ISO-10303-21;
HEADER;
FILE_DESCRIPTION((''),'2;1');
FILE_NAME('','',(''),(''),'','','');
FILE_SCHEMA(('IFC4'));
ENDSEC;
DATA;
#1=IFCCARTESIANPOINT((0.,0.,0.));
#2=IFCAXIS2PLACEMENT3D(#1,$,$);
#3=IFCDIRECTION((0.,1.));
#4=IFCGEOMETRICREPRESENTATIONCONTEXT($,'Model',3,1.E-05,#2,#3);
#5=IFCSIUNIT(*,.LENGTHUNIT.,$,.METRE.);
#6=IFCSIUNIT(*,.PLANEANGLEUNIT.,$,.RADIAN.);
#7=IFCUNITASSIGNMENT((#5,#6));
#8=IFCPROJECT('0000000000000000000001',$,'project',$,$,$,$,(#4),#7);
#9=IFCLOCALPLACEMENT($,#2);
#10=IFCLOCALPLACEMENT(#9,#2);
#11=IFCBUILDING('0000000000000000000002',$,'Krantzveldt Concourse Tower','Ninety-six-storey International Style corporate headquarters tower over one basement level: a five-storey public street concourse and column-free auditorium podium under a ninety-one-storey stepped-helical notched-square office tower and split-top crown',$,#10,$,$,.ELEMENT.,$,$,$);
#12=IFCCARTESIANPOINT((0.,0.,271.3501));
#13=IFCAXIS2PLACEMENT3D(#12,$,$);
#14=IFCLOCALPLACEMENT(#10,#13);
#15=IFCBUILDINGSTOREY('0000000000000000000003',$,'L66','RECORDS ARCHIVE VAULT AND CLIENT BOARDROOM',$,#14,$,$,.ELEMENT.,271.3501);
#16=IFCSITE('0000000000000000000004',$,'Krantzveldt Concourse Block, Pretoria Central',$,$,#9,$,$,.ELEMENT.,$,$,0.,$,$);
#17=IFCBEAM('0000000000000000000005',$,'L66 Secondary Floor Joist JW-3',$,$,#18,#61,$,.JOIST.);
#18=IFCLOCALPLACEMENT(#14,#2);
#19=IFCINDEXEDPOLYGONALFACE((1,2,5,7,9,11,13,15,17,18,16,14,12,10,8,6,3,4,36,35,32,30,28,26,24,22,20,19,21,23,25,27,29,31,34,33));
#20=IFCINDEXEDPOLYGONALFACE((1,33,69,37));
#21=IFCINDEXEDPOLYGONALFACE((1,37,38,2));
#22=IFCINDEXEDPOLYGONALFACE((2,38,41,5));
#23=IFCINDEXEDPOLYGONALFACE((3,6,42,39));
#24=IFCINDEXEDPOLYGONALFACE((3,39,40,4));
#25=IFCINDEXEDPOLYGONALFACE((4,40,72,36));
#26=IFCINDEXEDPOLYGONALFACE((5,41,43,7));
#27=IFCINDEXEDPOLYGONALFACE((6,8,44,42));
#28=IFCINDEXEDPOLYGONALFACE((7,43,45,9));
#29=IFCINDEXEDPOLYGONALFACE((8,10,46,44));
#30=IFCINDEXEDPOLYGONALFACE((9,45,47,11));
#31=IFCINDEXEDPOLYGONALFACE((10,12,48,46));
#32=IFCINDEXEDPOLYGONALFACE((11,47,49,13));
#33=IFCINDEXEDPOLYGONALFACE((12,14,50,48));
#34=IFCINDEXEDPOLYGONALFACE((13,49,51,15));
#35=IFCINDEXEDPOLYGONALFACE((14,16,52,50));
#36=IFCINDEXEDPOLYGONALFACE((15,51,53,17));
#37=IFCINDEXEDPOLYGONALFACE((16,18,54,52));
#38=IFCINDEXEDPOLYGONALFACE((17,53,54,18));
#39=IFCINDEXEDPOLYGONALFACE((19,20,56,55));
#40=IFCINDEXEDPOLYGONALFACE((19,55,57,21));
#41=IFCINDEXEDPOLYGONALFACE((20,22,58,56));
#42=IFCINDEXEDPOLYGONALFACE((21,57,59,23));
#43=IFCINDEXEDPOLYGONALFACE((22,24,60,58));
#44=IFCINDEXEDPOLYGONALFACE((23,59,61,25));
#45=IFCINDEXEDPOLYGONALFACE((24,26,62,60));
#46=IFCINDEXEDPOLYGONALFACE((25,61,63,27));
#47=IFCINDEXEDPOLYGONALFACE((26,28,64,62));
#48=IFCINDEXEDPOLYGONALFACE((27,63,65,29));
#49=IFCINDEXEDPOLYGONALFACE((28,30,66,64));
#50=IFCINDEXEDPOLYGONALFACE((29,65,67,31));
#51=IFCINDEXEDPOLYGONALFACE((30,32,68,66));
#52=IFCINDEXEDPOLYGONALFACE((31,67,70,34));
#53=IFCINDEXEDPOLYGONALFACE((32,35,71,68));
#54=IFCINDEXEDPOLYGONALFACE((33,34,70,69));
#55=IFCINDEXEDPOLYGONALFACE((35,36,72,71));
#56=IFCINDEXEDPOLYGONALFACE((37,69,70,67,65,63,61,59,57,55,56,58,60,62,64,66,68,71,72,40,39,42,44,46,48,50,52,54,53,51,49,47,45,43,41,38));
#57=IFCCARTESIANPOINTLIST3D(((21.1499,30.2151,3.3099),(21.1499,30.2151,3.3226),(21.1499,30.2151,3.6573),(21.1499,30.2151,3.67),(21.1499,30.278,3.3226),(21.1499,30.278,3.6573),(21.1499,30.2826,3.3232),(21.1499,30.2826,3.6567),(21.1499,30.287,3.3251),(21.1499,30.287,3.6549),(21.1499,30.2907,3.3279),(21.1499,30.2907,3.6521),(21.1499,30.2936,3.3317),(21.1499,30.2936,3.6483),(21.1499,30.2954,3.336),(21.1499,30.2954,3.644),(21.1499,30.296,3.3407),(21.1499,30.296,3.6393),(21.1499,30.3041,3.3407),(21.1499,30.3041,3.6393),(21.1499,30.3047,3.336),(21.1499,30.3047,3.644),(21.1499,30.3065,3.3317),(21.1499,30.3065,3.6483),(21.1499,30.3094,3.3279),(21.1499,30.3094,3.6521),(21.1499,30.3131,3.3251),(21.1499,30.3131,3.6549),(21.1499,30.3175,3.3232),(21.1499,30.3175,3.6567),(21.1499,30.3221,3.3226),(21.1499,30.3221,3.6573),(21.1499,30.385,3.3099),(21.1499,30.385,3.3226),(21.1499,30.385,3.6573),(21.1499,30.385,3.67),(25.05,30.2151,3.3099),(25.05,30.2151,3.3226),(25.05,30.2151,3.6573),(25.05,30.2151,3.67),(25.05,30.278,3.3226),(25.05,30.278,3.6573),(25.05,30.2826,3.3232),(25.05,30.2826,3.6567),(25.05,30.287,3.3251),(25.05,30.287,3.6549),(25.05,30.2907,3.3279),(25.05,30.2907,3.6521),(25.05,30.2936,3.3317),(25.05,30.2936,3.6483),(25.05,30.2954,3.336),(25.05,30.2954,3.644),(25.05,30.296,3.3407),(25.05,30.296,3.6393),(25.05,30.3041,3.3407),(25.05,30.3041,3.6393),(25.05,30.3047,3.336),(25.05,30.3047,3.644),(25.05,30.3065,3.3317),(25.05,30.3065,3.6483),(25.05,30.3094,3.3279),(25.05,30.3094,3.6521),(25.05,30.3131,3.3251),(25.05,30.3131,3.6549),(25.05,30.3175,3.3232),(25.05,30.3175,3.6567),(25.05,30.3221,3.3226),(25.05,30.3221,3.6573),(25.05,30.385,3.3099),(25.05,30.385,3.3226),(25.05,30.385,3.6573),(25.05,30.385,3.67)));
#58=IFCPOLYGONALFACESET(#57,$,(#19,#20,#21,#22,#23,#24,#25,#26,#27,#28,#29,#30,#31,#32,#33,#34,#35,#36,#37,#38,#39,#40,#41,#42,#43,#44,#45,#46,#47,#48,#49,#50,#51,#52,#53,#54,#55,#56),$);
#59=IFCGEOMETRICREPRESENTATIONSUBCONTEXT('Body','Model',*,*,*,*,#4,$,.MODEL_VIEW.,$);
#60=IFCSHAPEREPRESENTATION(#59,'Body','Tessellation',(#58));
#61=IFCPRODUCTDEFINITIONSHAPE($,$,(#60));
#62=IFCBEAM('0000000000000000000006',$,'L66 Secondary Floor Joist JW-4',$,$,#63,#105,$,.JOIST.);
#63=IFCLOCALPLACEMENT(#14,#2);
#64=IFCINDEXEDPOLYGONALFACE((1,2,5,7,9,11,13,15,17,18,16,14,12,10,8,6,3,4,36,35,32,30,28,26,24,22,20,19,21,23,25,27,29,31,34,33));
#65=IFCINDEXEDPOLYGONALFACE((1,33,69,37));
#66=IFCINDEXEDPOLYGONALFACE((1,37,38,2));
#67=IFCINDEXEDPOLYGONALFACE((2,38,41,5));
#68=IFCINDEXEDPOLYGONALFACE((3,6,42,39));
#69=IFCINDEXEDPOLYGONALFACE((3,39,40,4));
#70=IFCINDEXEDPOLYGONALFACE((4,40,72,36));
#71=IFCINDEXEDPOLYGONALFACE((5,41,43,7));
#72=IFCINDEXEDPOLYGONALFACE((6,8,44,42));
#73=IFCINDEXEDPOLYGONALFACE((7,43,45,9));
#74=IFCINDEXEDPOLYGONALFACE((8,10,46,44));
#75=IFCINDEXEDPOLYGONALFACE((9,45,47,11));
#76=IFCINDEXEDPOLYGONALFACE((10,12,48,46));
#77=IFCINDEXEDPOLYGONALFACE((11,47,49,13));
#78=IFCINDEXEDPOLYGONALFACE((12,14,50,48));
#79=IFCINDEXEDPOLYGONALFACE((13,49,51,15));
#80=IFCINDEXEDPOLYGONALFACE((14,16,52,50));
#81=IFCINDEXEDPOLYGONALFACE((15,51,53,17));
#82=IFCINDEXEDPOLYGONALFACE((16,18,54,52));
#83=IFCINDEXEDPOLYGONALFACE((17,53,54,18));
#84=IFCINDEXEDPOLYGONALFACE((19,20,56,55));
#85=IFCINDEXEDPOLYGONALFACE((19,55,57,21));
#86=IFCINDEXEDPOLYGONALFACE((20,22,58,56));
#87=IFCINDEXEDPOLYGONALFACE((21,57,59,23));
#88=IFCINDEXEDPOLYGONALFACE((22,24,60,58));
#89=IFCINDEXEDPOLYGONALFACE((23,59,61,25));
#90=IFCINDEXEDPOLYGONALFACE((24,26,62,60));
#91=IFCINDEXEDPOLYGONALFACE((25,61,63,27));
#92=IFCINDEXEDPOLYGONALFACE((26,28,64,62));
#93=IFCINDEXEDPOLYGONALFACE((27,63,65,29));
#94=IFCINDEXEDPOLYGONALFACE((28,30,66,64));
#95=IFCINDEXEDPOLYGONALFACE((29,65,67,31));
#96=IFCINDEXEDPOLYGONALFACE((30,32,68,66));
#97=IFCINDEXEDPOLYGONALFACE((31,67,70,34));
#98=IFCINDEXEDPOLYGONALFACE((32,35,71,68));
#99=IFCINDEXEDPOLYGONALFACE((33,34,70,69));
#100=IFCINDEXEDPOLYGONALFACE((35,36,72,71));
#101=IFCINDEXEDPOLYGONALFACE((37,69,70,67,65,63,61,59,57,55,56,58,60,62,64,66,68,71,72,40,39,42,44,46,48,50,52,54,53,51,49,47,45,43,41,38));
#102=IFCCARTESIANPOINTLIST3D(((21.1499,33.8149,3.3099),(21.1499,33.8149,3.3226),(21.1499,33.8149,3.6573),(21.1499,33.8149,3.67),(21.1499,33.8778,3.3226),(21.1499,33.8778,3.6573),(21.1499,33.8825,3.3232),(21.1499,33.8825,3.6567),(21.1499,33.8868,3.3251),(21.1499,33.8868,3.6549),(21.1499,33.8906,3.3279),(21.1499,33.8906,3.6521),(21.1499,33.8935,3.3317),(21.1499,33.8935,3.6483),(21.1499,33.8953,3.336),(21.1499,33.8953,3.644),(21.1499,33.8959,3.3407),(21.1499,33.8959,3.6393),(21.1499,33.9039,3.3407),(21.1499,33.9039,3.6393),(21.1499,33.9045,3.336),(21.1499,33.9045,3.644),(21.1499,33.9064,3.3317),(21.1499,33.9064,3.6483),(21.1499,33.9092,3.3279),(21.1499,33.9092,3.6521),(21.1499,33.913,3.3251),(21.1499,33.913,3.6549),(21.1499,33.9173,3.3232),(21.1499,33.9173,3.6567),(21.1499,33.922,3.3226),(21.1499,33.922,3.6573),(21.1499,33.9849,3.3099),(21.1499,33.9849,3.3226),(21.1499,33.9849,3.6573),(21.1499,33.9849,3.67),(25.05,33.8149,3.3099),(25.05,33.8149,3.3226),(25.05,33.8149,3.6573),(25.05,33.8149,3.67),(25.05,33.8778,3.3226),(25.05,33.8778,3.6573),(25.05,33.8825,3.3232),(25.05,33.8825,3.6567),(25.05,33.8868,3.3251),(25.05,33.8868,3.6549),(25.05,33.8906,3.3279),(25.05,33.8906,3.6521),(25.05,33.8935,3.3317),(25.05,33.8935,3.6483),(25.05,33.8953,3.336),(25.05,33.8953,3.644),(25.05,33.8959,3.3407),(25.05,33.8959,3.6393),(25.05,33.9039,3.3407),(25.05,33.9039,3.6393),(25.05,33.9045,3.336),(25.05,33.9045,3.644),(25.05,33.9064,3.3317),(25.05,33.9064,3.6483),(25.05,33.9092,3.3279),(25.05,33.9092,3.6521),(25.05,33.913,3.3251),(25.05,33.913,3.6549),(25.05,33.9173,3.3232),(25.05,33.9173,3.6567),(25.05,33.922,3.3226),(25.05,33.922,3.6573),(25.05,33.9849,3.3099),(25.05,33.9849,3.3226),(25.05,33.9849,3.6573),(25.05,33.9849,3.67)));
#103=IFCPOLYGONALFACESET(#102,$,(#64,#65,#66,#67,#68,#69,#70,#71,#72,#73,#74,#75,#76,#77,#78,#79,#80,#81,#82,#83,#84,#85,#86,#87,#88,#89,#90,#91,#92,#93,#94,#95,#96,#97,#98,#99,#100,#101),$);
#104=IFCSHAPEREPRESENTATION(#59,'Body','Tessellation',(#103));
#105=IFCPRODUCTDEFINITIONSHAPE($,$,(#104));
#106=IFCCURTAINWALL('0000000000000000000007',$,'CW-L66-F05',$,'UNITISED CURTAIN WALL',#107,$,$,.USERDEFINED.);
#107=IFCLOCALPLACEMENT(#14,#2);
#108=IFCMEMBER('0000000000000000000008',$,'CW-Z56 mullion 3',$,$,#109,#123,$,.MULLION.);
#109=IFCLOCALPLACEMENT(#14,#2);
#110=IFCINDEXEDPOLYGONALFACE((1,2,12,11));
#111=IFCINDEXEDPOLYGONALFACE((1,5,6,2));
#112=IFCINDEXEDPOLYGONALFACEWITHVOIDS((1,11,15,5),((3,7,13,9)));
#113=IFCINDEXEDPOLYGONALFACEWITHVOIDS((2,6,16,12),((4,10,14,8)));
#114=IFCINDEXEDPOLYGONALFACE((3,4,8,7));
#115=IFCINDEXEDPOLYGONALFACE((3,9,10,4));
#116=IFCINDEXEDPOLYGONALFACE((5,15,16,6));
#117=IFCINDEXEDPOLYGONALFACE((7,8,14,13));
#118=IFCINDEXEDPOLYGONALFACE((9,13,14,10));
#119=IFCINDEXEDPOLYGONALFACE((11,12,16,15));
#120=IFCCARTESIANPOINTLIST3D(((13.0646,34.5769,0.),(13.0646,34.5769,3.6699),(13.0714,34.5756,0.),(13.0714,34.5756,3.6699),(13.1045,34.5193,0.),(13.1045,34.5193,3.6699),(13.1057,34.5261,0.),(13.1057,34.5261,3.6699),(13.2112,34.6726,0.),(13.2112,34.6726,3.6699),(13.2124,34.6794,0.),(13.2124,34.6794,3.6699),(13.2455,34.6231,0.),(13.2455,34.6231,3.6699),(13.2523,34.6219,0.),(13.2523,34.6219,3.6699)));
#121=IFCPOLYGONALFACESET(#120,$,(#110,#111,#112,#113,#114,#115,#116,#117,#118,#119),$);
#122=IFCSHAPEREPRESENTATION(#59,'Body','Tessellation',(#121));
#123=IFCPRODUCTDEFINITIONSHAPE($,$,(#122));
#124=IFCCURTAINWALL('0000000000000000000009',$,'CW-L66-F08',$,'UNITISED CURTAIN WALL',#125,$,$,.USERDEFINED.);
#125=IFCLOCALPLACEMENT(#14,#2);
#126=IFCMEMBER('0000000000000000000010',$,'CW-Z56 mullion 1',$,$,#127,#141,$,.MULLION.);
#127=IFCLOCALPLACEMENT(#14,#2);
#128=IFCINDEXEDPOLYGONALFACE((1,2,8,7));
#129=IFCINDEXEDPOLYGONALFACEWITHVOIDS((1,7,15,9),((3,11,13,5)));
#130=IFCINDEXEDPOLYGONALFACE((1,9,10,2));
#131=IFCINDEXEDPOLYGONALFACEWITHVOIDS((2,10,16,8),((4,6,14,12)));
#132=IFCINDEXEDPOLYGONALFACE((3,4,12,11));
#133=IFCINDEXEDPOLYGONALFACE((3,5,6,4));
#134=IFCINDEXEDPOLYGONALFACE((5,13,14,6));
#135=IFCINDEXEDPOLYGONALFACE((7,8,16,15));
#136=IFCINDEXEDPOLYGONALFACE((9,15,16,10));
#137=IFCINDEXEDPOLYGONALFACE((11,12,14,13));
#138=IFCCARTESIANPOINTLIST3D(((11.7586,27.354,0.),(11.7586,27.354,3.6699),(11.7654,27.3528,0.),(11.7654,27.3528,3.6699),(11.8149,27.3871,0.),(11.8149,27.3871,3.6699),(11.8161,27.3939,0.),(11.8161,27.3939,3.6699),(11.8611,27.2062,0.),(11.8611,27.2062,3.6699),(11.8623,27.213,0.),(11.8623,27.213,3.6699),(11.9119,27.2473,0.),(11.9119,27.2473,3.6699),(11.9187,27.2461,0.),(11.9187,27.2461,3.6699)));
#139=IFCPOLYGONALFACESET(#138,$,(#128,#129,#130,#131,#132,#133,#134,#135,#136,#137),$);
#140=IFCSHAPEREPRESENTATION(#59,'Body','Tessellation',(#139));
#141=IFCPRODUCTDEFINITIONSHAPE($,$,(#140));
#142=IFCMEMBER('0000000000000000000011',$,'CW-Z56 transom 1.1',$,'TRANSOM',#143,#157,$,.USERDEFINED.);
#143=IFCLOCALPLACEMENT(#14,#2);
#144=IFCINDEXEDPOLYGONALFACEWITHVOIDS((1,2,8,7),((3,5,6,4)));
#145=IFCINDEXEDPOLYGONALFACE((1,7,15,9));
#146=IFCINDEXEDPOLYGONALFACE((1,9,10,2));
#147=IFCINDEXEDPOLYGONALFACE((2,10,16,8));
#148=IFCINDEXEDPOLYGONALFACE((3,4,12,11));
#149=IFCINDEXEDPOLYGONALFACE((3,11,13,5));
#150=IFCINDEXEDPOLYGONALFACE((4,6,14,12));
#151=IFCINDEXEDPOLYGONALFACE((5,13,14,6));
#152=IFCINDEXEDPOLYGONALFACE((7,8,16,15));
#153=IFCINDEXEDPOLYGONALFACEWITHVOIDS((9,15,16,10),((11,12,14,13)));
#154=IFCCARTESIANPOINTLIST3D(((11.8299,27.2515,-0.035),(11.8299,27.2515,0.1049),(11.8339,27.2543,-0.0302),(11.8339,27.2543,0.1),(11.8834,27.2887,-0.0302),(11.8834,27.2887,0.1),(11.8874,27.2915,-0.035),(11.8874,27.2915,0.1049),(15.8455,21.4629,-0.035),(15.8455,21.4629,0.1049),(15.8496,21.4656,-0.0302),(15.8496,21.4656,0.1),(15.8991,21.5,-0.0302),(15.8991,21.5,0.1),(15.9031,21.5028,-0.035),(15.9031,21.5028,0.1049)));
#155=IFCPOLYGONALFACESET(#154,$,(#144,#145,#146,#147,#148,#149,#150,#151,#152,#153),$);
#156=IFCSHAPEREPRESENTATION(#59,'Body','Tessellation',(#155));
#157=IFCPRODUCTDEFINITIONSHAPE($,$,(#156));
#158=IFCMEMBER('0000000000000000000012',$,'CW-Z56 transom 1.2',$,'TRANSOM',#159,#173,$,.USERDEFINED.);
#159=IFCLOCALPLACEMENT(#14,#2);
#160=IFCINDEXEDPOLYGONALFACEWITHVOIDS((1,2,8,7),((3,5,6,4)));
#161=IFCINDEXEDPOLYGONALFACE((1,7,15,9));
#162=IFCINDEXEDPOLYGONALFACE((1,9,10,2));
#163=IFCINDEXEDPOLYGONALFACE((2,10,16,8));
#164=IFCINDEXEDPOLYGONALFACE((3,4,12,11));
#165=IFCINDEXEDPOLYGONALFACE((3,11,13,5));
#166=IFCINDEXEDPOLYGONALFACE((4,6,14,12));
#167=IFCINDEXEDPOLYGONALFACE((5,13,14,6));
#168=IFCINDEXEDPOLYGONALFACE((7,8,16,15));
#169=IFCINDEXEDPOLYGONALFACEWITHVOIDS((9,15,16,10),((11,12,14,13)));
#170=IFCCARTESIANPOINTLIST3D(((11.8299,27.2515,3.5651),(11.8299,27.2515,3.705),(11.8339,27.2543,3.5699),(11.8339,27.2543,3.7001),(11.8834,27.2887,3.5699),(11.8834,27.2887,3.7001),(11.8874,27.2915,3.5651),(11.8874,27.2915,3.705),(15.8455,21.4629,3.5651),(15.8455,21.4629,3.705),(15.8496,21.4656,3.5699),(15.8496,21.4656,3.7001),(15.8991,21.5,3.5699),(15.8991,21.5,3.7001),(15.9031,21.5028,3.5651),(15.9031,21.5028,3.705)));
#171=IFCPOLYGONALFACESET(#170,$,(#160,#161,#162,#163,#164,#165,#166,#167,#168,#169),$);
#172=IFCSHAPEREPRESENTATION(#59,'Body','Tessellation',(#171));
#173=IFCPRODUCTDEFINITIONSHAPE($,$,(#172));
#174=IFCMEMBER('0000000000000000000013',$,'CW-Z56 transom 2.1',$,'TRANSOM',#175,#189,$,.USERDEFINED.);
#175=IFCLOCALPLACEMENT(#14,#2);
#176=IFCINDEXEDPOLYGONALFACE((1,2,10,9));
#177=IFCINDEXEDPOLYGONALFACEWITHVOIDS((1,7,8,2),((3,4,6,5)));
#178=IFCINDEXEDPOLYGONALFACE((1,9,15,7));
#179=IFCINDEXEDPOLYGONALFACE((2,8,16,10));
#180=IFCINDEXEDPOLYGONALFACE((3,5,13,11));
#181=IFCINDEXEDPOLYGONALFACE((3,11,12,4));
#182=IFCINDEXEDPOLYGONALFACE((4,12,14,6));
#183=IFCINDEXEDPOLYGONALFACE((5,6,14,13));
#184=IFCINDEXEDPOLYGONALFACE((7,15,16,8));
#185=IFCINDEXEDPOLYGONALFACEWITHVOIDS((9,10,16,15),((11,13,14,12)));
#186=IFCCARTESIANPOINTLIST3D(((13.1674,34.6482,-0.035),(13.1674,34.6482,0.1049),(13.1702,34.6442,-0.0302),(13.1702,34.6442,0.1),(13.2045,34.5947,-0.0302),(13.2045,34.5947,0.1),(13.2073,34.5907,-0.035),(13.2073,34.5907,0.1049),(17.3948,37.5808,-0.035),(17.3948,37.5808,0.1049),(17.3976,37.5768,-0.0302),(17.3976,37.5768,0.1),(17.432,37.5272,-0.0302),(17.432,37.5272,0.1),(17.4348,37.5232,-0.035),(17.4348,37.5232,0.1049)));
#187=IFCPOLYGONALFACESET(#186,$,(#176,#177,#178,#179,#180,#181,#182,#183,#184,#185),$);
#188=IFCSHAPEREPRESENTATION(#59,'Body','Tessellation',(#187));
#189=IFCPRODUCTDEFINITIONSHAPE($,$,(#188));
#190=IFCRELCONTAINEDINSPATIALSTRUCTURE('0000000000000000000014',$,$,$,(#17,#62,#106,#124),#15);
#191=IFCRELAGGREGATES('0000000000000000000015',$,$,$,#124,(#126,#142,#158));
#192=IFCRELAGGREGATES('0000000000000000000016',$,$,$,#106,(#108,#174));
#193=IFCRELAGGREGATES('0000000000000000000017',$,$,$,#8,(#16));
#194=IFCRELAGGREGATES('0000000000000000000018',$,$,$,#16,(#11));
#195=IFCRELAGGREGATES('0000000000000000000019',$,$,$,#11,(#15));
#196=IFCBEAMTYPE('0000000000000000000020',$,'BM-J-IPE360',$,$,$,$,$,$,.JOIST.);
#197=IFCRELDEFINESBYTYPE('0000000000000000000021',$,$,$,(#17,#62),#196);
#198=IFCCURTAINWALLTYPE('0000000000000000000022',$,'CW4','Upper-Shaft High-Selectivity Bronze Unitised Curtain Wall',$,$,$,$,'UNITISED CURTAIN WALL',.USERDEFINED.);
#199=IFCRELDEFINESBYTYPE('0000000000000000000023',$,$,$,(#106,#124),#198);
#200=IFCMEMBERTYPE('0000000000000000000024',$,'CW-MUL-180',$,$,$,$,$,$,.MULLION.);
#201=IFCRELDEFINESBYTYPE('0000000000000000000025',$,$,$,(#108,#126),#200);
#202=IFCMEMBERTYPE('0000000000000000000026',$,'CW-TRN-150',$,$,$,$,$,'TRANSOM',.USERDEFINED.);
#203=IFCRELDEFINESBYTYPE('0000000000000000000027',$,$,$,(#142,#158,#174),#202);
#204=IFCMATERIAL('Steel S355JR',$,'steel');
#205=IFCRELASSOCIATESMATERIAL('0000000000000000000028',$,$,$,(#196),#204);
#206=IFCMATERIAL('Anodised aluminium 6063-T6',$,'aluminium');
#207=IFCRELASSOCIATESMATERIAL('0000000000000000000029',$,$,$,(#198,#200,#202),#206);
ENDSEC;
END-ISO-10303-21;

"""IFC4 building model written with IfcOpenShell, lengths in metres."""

from ifc_helpers import new_model, si_unit, direction, frame, origin, origin_2d, place, context, subcontext, project, spatial, hollow_rectangle, i_section, extrude, source, transform, mapped, material, material_profile, profile_set, type_object, type_shapes, element, aggregate, save


model = new_model("IFC4")

# Units and contexts
model_context = context("Model", 3, precision=1e-05, world=origin(), true_north=direction((0.0, 1.0)))
body_context = subcontext(model_context, "Body", "Model", "MODEL_VIEW")
ifc_project = project(units=[si_unit("LENGTHUNIT", "METRE"), si_unit("PLANEANGLEUNIT", "RADIAN")], contexts=[model_context])

# Site, building, storey
site_placement = place(None, origin())
site = spatial("IfcSite", under=ifc_project, at=site_placement, Name="Krantzveldt Concourse Block, Pretoria Central", CompositionType="ELEMENT", RefElevation=0.0)
building_placement = place(site_placement, origin())
building = spatial("IfcBuilding", under=site, at=building_placement, Name="Krantzveldt Concourse Tower", Description="Ninety-six-storey International Style corporate headquarters tower over one basement level: a five-storey public street concourse and column-free auditorium podium under a ninety-one-storey stepped-helical notched-square office tower and split-top crown", CompositionType="ELEMENT")
storey_placement = place(building_placement, frame((0.0, 0.0, 271.3501)))
storey = spatial("IfcBuildingStorey", under=building, at=storey_placement, Name="L66", Description="RECORDS ARCHIVE VAULT AND CLIENT BOARDROOM", CompositionType="ELEMENT", Elevation=271.3501)

# Beams
ifc_material_1 = material(Name="Steel S355JR", Category="steel")
ifc_material_profile_1 = material_profile(ifc_material_1, i_section(OverallWidth=0.1699, OverallDepth=0.3601, WebThickness=0.0081, FlangeThickness=0.0127, FilletRadius=0.0181, at=origin_2d()), Name="Steel S355JR", Category="steel")
ifc_profile_set_1 = profile_set([ifc_material_profile_1], Name="Steel S355JR - IPE 360")
beam_type_1 = type_object("IfcBeamType", Name="BM-J-IPE360", PredefinedType="JOIST", material=ifc_profile_set_1)
shared_shape_1 = source(origin(), body_context, "Body", "SweptSolid", [
    extrude(i_section(OverallWidth=0.1699, OverallDepth=0.3601, WebThickness=0.0081, FlangeThickness=0.0127, FilletRadius=0.0181, at=origin_2d()), origin(), (0.0, 0.0, 1.0), 3.9001),
])
for number, where, z_axis, x_axis, name in (
    (1, (21.1499, 30.3, 3.49), (1.0, 0.0, 0.0), (0.0, 1.0, 0.0), "L66 Secondary Floor Joist JW-3"),
    (2, (21.1499, 33.8999, 3.49), (1.0, 0.0, 0.0), (0.0, 1.0, 0.0), "L66 Secondary Floor Joist JW-4"),
):
    element("IfcBeam", number, at=place(storey_placement, frame(where, z_axis=z_axis, x_axis=x_axis)), inside=storey, type_object=beam_type_1, Name=name, PredefinedType="JOIST", context=body_context, shape_type="MappedRepresentation", body=[
        mapped(shared_shape_1, transform((0.0, 0.0, 0.0), x_axis=(1.0, 0.0, 0.0), y_axis=(0.0, 1.0, 0.0), z_axis=(0.0, 0.0, 1.0), scale=1.0)),
    ])

# Curtain wall, member
ifc_material_2 = material(Name="Anodised aluminium 6063-T6", Category="aluminium")
curtain_wall_type = type_object("IfcCurtainWallType", Name="CW4", Description="Upper-Shaft High-Selectivity Bronze Unitised Curtain Wall", ElementType="UNITISED CURTAIN WALL", PredefinedType="USERDEFINED", material=ifc_material_2)
curtain_wall_1_placement = place(storey_placement, origin())
curtain_wall_1 = element("IfcCurtainWall", 3, at=curtain_wall_1_placement, inside=storey, type_object=curtain_wall_type, Name="CW-L66-F05", ObjectType="UNITISED CURTAIN WALL", PredefinedType="USERDEFINED")
ifc_material_profile_2 = material_profile(ifc_material_2, hollow_rectangle(XDim=0.0701, YDim=0.1799, WallThickness=0.0049, at=origin_2d()), Name="Anodised aluminium 6063-T6", Category="aluminium")
ifc_profile_set_2 = profile_set([ifc_material_profile_2], Name="Anodised aluminium 6063-T6 - ALU-MULL 180x70x5")
member_type_1 = type_object("IfcMemberType", Name="CW-MUL-180", PredefinedType="MULLION", material=ifc_profile_set_2)
shared_shape_2 = source(origin(), body_context, "Body", "SweptSolid", [
    extrude(hollow_rectangle(XDim=0.0701, YDim=0.1799, WallThickness=0.0049, at=origin_2d()), origin(), (0.0, 0.0, 1.0), 3.6699),
])
type_shapes(member_type_1, [shared_shape_2])
member_1_placement = place(storey_placement, frame((13.1584, 34.5994, 0.0), z_axis=(0.0, 0.0, 1.0), x_axis=(0.569996, -0.821647, 0.0)))
member_1 = element("IfcMember", 4, at=member_1_placement, type_object=member_type_1, Name="CW-Z56 mullion 3", PredefinedType="MULLION", context=body_context, shape_type="MappedRepresentation", body=[
    mapped(shared_shape_2, transform((0.0, 0.0, 0.0), x_axis=(1.0, 0.0, 0.0), y_axis=(0.0, 1.0, 0.0), z_axis=(0.0, 0.0, 1.0), scale=1.0)),
])

# Curtain wall, members
curtain_wall_2_placement = place(storey_placement, origin())
curtain_wall_2 = element("IfcCurtainWall", 5, at=curtain_wall_2_placement, inside=storey, type_object=curtain_wall_type, Name="CW-L66-F08", ObjectType="UNITISED CURTAIN WALL", PredefinedType="USERDEFINED")
member_2_placement = place(storey_placement, frame((11.8386, 27.3, 0.0), z_axis=(0.0, 0.0, 1.0), x_axis=(0.821647, 0.569997, 0.0)))
member_2 = element("IfcMember", 6, at=member_2_placement, type_object=member_type_1, Name="CW-Z56 mullion 1", PredefinedType="MULLION", context=body_context, shape_type="MappedRepresentation", body=[
    mapped(shared_shape_2, transform((0.0, 0.0, 0.0), x_axis=(1.0, 0.0, 0.0), y_axis=(0.0, 1.0, 0.0), z_axis=(0.0, 0.0, 1.0), scale=1.0)),
])
ifc_material_profile_3 = material_profile(ifc_material_2, hollow_rectangle(XDim=0.0701, YDim=0.1399, WallThickness=0.0049, at=origin_2d()), Name="Anodised aluminium 6063-T6", Category="aluminium")
ifc_profile_set_3 = profile_set([ifc_material_profile_3], Name="Anodised aluminium 6063-T6 - ALU-TRAN 140x70x5")
member_type_2 = type_object("IfcMemberType", Name="CW-TRN-150", ElementType="TRANSOM", PredefinedType="USERDEFINED", material=ifc_profile_set_3)
shared_shape_3 = source(origin(), body_context, "Body", "SweptSolid", [
    extrude(hollow_rectangle(XDim=0.0701, YDim=0.1399, WallThickness=0.0049, at=origin_2d()), origin(), (0.0, 0.0, 1.0), 7.0452),
])
member_3_placement = place(storey_placement, frame((11.8586, 27.2715, 0.0349), z_axis=(0.569992, -0.82165, 0.0), x_axis=(0.82165, 0.569992, 0.0)))
member_3 = element("IfcMember", 7, at=member_3_placement, type_object=member_type_2, Name="CW-Z56 transom 1.1", ObjectType="TRANSOM", PredefinedType="USERDEFINED", context=body_context, shape_type="MappedRepresentation", body=[
    mapped(shared_shape_3, transform((0.0, 0.0, 0.0), x_axis=(1.0, 0.0, 0.0), y_axis=(0.0, 1.0, 0.0), z_axis=(0.0, 0.0, 1.0), scale=1.0)),
])
member_4_placement = place(storey_placement, frame((11.8586, 27.2715, 3.635), z_axis=(0.569992, -0.82165, 0.0), x_axis=(0.82165, 0.569992, 0.0)))
member_4 = element("IfcMember", 8, at=member_4_placement, type_object=member_type_2, Name="CW-Z56 transom 1.2", ObjectType="TRANSOM", PredefinedType="USERDEFINED", context=body_context, shape_type="MappedRepresentation", body=[
    mapped(shared_shape_3, transform((0.0, 0.0, 0.0), x_axis=(1.0, 0.0, 0.0), y_axis=(0.0, 1.0, 0.0), z_axis=(0.0, 0.0, 1.0), scale=1.0)),
])
aggregate(curtain_wall_2, [member_2, member_3, member_4])

# Member
shared_shape_4 = source(origin(), body_context, "Body", "SweptSolid", [
    extrude(hollow_rectangle(XDim=0.0701, YDim=0.1399, WallThickness=0.0049, at=origin_2d()), origin(), (0.0, 0.0, 1.0), 5.145),
])
type_shapes(member_type_2, [shared_shape_3, shared_shape_4])
member_5_placement = place(storey_placement, frame((17.4148, 37.552, 0.0349), z_axis=(-0.821659, -0.56998, 0.0), x_axis=(0.56998, -0.821659, 0.0)))
member_5 = element("IfcMember", 9, at=member_5_placement, type_object=member_type_2, Name="CW-Z56 transom 2.1", ObjectType="TRANSOM", PredefinedType="USERDEFINED", context=body_context, shape_type="MappedRepresentation", body=[
    mapped(shared_shape_4, transform((0.0, 0.0, 0.0), x_axis=(1.0, 0.0, 0.0), y_axis=(0.0, 1.0, 0.0), z_axis=(0.0, 0.0, 1.0), scale=1.0)),
])

aggregate(curtain_wall_1, [member_1, member_5])

save(model, "model.ifc")
